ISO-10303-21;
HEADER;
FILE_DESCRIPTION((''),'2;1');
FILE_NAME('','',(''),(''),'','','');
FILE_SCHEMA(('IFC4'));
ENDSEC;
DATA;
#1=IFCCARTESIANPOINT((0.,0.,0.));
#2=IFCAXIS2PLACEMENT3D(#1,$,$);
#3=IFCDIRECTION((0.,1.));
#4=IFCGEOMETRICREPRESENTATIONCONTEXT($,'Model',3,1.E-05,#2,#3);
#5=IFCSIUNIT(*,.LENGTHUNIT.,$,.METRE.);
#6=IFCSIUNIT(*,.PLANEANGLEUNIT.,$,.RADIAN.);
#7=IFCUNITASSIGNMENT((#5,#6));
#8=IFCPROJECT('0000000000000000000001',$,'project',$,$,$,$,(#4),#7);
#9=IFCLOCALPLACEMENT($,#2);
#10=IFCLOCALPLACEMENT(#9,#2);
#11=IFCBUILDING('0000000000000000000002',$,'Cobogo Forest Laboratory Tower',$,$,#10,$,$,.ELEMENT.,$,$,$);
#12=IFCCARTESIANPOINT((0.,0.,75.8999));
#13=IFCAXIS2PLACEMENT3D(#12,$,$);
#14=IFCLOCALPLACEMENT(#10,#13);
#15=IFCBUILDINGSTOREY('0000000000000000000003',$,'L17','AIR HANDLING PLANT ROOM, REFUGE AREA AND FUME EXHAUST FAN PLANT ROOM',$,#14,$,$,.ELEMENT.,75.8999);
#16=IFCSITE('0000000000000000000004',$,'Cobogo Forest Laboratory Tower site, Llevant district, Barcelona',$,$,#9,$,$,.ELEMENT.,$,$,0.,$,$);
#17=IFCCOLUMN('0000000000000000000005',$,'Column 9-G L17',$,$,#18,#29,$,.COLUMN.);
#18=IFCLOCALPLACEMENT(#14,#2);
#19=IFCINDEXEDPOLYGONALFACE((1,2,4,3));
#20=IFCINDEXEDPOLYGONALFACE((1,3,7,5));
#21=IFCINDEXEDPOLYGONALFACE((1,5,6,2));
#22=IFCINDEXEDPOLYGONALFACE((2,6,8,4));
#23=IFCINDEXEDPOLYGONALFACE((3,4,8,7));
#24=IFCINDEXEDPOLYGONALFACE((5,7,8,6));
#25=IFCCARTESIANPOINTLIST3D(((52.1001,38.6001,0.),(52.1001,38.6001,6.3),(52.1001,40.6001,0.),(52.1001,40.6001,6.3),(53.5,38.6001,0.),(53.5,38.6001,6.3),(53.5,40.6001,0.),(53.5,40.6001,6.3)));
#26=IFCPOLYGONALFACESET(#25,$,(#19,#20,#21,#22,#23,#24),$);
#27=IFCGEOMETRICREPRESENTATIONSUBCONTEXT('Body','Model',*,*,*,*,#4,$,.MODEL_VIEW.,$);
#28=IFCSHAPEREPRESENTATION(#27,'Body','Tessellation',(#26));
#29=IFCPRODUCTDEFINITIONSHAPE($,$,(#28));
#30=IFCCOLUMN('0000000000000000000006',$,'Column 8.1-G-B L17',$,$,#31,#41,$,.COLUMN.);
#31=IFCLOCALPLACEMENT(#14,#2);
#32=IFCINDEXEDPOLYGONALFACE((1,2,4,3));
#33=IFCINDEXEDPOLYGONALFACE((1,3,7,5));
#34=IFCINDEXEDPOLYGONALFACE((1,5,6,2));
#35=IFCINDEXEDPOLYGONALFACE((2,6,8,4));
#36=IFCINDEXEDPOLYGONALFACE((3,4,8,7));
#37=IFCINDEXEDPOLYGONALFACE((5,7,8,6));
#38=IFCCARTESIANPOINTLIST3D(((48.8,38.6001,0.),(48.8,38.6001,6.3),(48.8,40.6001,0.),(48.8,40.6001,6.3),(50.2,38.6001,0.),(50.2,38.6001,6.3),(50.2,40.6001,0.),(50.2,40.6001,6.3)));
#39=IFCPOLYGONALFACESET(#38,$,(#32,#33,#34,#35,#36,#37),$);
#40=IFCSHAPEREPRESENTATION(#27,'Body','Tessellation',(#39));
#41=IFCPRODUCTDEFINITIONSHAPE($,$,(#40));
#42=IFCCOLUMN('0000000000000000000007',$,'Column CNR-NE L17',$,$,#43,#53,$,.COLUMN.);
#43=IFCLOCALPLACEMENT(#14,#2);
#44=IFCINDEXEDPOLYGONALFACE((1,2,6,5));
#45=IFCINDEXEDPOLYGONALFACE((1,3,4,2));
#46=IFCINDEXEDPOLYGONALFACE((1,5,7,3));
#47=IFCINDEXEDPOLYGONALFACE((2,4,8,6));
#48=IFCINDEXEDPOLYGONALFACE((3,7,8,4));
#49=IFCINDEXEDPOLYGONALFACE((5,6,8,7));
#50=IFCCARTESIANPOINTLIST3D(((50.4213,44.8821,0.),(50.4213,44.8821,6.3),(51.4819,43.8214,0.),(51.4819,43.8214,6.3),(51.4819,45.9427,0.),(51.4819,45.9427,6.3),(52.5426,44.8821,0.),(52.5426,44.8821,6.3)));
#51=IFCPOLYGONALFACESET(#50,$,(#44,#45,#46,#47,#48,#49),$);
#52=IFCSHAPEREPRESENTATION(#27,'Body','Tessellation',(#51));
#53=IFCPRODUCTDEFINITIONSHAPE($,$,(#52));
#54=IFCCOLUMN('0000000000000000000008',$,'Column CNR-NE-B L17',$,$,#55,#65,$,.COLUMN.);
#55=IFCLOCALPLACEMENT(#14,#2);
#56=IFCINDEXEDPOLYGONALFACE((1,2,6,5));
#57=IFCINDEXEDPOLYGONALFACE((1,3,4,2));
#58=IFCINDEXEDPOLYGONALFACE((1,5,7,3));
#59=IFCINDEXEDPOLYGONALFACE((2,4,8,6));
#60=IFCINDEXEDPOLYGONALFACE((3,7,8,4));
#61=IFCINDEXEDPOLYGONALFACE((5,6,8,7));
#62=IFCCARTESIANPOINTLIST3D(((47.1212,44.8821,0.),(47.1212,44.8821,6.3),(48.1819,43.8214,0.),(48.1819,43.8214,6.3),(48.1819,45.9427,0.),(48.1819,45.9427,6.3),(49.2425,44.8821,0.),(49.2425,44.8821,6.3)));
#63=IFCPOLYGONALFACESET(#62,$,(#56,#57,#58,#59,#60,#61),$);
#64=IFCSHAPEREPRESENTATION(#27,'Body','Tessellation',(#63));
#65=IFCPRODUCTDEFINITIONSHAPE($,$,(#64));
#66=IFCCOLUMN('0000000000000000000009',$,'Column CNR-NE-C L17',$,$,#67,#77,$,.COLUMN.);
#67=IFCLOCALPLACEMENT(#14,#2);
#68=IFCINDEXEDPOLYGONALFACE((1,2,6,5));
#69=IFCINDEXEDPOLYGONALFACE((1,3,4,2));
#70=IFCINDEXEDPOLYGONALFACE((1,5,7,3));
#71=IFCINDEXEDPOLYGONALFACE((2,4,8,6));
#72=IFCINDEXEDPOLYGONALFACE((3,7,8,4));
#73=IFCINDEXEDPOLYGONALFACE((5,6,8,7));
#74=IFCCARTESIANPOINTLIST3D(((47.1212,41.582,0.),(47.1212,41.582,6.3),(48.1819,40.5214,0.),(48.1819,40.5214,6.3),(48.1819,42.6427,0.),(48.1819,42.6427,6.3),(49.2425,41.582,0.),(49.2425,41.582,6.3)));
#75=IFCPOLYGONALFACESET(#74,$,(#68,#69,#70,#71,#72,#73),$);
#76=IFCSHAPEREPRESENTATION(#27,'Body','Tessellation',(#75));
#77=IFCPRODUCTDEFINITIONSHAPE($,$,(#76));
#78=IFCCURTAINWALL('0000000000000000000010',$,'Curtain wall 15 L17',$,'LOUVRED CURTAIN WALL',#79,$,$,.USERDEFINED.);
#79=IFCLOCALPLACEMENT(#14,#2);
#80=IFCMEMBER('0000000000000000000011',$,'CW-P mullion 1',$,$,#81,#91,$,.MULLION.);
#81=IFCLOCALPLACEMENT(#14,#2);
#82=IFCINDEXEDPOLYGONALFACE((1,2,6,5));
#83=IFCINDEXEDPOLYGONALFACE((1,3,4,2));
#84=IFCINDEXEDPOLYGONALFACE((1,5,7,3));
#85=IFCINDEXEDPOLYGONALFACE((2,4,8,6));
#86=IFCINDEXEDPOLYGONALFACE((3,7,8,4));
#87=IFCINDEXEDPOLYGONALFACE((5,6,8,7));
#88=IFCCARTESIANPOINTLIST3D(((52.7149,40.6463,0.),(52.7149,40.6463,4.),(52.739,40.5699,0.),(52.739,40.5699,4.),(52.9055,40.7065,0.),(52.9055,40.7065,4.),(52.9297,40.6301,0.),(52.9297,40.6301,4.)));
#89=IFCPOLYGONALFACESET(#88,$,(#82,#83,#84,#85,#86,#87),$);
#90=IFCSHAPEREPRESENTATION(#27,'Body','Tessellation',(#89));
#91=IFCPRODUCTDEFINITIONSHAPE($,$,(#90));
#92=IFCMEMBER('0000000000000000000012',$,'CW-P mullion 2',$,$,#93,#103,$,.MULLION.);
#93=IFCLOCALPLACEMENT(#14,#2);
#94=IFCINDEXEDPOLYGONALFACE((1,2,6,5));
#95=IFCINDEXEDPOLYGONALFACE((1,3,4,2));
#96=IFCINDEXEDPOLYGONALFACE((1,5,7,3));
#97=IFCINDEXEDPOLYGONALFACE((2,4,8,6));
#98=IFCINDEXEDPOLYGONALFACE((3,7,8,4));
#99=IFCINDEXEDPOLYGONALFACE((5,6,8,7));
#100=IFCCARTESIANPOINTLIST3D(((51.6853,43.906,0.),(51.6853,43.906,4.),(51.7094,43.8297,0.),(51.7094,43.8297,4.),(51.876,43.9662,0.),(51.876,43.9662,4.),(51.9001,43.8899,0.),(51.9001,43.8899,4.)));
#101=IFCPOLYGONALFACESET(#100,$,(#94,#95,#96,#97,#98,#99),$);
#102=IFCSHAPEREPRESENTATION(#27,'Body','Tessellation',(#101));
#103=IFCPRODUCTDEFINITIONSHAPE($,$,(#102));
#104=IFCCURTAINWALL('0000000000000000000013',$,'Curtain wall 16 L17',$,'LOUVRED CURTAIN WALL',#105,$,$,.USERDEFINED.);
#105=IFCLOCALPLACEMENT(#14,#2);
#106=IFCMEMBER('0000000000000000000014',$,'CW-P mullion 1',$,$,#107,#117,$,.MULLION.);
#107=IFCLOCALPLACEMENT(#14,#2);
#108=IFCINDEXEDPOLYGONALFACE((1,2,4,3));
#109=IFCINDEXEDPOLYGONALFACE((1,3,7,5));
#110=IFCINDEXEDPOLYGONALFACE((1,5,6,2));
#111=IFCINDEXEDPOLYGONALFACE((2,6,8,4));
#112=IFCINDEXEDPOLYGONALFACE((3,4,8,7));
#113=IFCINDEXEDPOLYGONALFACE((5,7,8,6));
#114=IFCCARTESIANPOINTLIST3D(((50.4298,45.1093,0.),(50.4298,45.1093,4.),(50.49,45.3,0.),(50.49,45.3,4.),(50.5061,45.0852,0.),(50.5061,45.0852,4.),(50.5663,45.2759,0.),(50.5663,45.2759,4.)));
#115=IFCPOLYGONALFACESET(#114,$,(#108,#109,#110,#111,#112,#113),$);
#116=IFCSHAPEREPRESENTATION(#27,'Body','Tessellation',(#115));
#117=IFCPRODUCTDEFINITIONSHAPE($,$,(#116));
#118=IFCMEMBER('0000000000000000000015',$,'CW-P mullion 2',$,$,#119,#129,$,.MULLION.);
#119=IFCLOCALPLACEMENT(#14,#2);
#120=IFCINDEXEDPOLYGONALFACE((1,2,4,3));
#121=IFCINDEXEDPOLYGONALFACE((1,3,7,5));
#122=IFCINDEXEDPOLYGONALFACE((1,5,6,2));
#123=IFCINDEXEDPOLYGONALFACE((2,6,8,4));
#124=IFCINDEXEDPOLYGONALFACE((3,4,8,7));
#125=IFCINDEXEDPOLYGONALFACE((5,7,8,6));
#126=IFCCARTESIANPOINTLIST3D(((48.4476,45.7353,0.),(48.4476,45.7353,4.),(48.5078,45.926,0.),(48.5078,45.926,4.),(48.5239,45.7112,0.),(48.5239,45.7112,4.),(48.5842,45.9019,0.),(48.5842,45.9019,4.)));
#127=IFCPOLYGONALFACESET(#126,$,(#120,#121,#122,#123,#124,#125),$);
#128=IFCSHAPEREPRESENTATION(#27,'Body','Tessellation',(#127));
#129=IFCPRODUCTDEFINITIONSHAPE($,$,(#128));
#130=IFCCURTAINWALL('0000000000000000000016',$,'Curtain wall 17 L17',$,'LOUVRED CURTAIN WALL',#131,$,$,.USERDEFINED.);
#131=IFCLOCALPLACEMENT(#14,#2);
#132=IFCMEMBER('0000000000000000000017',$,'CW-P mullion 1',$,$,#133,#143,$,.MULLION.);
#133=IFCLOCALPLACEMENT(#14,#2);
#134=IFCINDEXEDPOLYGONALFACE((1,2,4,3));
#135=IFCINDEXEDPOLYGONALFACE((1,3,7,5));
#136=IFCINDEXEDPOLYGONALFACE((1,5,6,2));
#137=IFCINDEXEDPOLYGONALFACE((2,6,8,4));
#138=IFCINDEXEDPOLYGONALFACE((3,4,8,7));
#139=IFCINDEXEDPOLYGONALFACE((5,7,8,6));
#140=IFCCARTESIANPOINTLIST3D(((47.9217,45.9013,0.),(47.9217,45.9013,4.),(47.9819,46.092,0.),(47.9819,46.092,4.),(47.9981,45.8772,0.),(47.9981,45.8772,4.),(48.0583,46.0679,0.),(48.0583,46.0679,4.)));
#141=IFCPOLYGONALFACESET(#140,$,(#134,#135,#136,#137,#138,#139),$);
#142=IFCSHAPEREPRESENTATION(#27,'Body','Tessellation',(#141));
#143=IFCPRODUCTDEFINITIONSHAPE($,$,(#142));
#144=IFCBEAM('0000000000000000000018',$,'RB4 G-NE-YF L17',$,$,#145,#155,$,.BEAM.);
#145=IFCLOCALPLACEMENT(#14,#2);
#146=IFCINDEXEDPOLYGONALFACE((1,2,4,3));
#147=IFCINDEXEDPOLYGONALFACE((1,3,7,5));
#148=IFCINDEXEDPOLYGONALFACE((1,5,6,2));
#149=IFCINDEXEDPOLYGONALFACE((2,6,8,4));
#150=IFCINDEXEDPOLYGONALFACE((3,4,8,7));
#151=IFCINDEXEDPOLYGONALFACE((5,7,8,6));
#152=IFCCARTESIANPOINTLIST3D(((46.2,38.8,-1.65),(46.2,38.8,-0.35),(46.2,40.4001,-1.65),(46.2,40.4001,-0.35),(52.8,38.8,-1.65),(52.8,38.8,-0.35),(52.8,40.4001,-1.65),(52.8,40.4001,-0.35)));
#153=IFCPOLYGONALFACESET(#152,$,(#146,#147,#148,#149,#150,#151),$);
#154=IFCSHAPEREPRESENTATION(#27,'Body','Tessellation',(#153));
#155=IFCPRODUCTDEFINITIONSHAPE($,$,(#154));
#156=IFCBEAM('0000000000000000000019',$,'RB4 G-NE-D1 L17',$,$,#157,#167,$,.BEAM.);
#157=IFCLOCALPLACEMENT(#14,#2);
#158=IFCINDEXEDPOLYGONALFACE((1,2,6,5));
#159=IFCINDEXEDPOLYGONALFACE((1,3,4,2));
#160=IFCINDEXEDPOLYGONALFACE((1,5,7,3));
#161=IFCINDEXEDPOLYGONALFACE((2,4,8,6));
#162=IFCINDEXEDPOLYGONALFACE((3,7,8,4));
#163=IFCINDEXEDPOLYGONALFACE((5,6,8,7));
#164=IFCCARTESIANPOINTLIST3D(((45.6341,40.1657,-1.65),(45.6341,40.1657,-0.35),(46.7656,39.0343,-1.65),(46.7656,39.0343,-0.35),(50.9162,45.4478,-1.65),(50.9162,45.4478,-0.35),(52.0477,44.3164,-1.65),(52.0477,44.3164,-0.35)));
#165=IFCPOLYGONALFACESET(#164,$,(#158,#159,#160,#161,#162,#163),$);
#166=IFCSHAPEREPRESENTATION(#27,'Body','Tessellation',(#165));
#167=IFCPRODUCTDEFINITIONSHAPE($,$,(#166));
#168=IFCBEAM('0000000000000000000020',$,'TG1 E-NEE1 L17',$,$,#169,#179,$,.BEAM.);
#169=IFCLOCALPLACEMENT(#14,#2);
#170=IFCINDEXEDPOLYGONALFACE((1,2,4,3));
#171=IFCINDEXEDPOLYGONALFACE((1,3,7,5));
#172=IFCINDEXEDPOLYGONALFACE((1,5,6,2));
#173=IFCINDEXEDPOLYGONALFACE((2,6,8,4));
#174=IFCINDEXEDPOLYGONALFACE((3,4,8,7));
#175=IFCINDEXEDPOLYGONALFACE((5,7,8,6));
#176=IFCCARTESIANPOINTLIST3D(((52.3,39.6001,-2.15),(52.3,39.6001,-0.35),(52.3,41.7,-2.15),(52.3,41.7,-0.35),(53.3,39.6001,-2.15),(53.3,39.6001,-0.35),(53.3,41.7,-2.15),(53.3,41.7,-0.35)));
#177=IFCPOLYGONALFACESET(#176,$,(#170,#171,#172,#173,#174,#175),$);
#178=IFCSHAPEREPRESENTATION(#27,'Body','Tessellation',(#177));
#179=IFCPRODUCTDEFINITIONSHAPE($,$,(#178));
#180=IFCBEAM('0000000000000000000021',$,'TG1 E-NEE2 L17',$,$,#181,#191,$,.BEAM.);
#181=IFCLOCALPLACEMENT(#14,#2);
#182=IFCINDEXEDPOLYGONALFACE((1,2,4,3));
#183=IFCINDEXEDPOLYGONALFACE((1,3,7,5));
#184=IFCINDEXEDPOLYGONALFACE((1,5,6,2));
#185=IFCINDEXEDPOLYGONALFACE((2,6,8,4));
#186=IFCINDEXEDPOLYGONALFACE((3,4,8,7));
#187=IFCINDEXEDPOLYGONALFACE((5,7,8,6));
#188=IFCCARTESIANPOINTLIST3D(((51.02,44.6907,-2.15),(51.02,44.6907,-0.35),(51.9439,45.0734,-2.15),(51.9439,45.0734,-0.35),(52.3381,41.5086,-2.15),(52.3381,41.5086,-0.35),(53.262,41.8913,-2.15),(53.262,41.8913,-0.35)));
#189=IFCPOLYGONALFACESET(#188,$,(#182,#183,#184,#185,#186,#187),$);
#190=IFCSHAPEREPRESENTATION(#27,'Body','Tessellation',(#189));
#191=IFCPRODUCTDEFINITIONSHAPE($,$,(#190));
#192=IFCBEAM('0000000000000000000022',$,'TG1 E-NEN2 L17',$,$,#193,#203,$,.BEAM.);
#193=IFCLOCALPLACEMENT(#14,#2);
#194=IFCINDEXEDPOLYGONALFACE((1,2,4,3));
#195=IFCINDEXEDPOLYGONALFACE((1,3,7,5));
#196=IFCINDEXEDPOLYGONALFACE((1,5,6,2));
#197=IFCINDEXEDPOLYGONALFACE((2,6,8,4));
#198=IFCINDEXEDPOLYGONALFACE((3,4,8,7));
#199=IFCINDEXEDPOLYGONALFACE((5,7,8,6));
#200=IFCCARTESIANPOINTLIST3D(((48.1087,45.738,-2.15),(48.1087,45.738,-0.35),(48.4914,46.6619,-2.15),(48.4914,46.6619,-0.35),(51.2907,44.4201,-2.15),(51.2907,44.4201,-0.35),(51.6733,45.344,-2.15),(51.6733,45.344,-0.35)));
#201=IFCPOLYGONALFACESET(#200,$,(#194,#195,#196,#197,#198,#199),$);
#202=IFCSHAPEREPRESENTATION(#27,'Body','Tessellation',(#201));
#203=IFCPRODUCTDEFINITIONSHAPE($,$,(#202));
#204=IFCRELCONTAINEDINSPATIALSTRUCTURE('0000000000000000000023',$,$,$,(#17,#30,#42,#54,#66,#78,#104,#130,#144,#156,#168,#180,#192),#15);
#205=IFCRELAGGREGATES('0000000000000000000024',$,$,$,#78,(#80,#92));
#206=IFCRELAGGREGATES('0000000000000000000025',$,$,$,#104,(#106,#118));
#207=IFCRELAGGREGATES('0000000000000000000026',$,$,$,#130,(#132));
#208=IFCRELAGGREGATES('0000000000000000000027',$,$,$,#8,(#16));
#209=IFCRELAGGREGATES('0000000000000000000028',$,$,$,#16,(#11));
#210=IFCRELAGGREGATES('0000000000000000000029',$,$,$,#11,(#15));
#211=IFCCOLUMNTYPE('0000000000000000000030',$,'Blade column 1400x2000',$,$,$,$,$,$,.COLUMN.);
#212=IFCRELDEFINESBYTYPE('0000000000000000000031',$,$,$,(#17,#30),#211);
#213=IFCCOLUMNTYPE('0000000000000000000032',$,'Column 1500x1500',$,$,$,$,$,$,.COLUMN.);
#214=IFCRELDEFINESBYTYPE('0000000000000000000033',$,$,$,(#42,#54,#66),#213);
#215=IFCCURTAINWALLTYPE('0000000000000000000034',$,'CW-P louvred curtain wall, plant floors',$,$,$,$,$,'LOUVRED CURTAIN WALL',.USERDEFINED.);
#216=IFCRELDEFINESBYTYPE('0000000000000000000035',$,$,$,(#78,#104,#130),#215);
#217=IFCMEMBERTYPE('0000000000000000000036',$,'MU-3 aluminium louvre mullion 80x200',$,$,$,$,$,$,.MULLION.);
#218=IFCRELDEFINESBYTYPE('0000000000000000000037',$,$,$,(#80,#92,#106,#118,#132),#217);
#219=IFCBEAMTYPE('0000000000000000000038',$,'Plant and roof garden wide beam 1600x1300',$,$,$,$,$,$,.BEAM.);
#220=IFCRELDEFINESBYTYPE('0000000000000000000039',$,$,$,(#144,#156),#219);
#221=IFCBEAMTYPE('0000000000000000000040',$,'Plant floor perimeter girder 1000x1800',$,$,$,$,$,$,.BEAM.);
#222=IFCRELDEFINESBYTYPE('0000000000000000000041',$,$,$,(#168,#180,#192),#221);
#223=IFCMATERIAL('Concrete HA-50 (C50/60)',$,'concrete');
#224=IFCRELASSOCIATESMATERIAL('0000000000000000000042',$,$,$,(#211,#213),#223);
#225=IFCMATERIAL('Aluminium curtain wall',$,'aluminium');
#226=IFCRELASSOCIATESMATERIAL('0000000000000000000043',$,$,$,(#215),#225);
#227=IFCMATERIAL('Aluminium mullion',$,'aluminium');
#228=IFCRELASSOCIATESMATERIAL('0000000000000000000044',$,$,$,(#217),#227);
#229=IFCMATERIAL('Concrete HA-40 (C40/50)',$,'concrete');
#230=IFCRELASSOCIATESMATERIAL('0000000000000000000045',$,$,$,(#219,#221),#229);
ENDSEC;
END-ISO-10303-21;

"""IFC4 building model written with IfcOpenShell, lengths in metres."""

from ifc_helpers import new_model, si_unit, direction, frame, origin, origin_2d, place, context, subcontext, project, spatial, rectangle, extrude, material, material_profile, profile_set, type_object, element, aggregate, save


model = new_model("IFC4")

# Units and contexts
model_context = context("Model", 3, precision=1e-05, world=origin(), true_north=direction((0.0, 1.0)))
body_context = subcontext(model_context, "Body", "Model", "MODEL_VIEW")
ifc_project = project(units=[si_unit("LENGTHUNIT", "METRE"), si_unit("PLANEANGLEUNIT", "RADIAN")], contexts=[model_context])

# Site, building, storey
site_placement = place(None, origin())
site = spatial("IfcSite", under=ifc_project, at=site_placement, Name="Cobogo Forest Laboratory Tower site, Llevant district, Barcelona", CompositionType="ELEMENT", RefElevation=0.0)
building_placement = place(site_placement, origin())
building = spatial("IfcBuilding", under=site, at=building_placement, Name="Cobogo Forest Laboratory Tower", CompositionType="ELEMENT")
storey_placement = place(building_placement, frame((0.0, 0.0, 75.8999)))
storey = spatial("IfcBuildingStorey", under=building, at=storey_placement, Name="L17", Description="AIR HANDLING PLANT ROOM, REFUGE AREA AND FUME EXHAUST FAN PLANT ROOM", CompositionType="ELEMENT", Elevation=75.8999)

# Columns
ifc_material_1 = material(Name="Concrete HA-50 (C50/60)", Category="concrete")
ifc_material_profile_1 = material_profile(ifc_material_1, rectangle(XDim=2.0, YDim=1.3999, at=origin_2d()), Name="RC 1400x2000")
ifc_profile_set_1 = profile_set([ifc_material_profile_1], Name="Concrete HA-50 (C50/60)")
column_type_1 = type_object("IfcColumnType", Name="Blade column 1400x2000", PredefinedType="COLUMN", material=ifc_profile_set_1)
for number, where, z_axis, x_axis, name in (
    (1, (52.8, 39.6001, 0.0), (0.0, 0.0, 1.0), (0.0, 1.0, 0.0), "Column 9-G L17"),
    (2, (49.5, 39.6001, 0.0), (0.0, 0.0, 1.0), (0.0, 1.0, 0.0), "Column 8.1-G-B L17"),
):
    element("IfcColumn", number, at=place(storey_placement, frame(where, z_axis=z_axis, x_axis=x_axis)), inside=storey, type_object=column_type_1, Name=name, PredefinedType="COLUMN", context=body_context, shape_type="SweptSolid", body=[
        extrude(rectangle(XDim=2.0, YDim=1.3999, at=origin_2d()), origin(), (0.0, 0.0, 1.0), 6.3),
    ])
ifc_material_profile_2 = material_profile(ifc_material_1, rectangle(XDim=1.5, YDim=1.5, at=origin_2d()), Name="RC 1500x1500")
ifc_profile_set_2 = profile_set([ifc_material_profile_2], Name="Concrete HA-50 (C50/60)")
column_type_2 = type_object("IfcColumnType", Name="Column 1500x1500", PredefinedType="COLUMN", material=ifc_profile_set_2)
for number, where, z_axis, x_axis, name in (
    (3, (51.4819, 44.8821, 0.0), (0.0, 0.0, 1.0), (0.707107, 0.707107, 0.0), "Column CNR-NE L17"),
    (4, (48.1819, 44.8821, 0.0), (0.0, 0.0, 1.0), (0.707107, 0.707107, 0.0), "Column CNR-NE-B L17"),
    (5, (48.1819, 41.582, 0.0), (0.0, 0.0, 1.0), (0.707107, 0.707107, 0.0), "Column CNR-NE-C L17"),
):
    element("IfcColumn", number, at=place(storey_placement, frame(where, z_axis=z_axis, x_axis=x_axis)), inside=storey, type_object=column_type_2, Name=name, PredefinedType="COLUMN", context=body_context, shape_type="SweptSolid", body=[
        extrude(rectangle(XDim=1.5, YDim=1.5, at=origin_2d()), origin(), (0.0, 0.0, 1.0), 6.3),
    ])

# Curtain walls, members
ifc_material_2 = material(Name="Aluminium curtain wall", Category="aluminium")
curtain_wall_type = type_object("IfcCurtainWallType", Name="CW-P louvred curtain wall, plant floors", ElementType="LOUVRED CURTAIN WALL", PredefinedType="USERDEFINED", material=ifc_material_2)
curtain_wall_1_placement = place(storey_placement, origin())
curtain_wall_1 = element("IfcCurtainWall", 6, at=curtain_wall_1_placement, inside=storey, type_object=curtain_wall_type, Name="Curtain wall 15 L17", ObjectType="LOUVRED CURTAIN WALL", PredefinedType="USERDEFINED")
ifc_material_3 = material(Name="Aluminium mullion", Category="aluminium")
ifc_material_profile_3 = material_profile(ifc_material_3, rectangle(XDim=0.0801, YDim=0.2, at=origin_2d()), Name="AL 80x200")
ifc_profile_set_3 = profile_set([ifc_material_profile_3], Name="Aluminium mullion")
member_type_1 = type_object("IfcMemberType", Name="MU-3 aluminium louvre mullion 80x200", PredefinedType="MULLION", material=ifc_profile_set_3)
member_1_placement = place(storey_placement, frame((52.8223, 40.6382, 0.0), z_axis=(0.0, 0.0, 1.0), x_axis=(-0.301136, 0.953581, 0.0)))
member_1 = element("IfcMember", 7, at=member_1_placement, type_object=member_type_1, Name="CW-P mullion 1", PredefinedType="MULLION", context=body_context, shape_type="SweptSolid", body=[
    extrude(rectangle(XDim=0.0801, YDim=0.2, at=origin_2d()), origin(), (0.0, 0.0, 1.0), 4.0),
])
member_2_placement = place(storey_placement, frame((51.7927, 43.8979, 0.0), z_axis=(0.0, 0.0, 1.0), x_axis=(-0.301136, 0.953581, 0.0)))
member_2 = element("IfcMember", 8, at=member_2_placement, type_object=member_type_1, Name="CW-P mullion 2", PredefinedType="MULLION", context=body_context, shape_type="SweptSolid", body=[
    extrude(rectangle(XDim=0.0801, YDim=0.2, at=origin_2d()), origin(), (0.0, 0.0, 1.0), 4.0),
])
curtain_wall_2_placement = place(storey_placement, origin())
curtain_wall_2 = element("IfcCurtainWall", 9, at=curtain_wall_2_placement, inside=storey, type_object=curtain_wall_type, Name="Curtain wall 16 L17", ObjectType="LOUVRED CURTAIN WALL", PredefinedType="USERDEFINED")
member_3_placement = place(storey_placement, frame((50.498, 45.1926, 0.0), z_axis=(0.0, 0.0, 1.0), x_axis=(-0.953581, 0.301136, 0.0)))
member_3 = element("IfcMember", 10, at=member_3_placement, type_object=member_type_1, Name="CW-P mullion 1", PredefinedType="MULLION", context=body_context, shape_type="SweptSolid", body=[
    extrude(rectangle(XDim=0.0801, YDim=0.2, at=origin_2d()), origin(), (0.0, 0.0, 1.0), 4.0),
])
member_4_placement = place(storey_placement, frame((48.5159, 45.8186, 0.0), z_axis=(0.0, 0.0, 1.0), x_axis=(-0.953581, 0.301136, 0.0)))
member_4 = element("IfcMember", 11, at=member_4_placement, type_object=member_type_1, Name="CW-P mullion 2", PredefinedType="MULLION", context=body_context, shape_type="SweptSolid", body=[
    extrude(rectangle(XDim=0.0801, YDim=0.2, at=origin_2d()), origin(), (0.0, 0.0, 1.0), 4.0),
])

# Curtain wall, member
curtain_wall_3_placement = place(storey_placement, origin())
curtain_wall_3 = element("IfcCurtainWall", 12, at=curtain_wall_3_placement, inside=storey, type_object=curtain_wall_type, Name="Curtain wall 17 L17", ObjectType="LOUVRED CURTAIN WALL", PredefinedType="USERDEFINED")
member_5_placement = place(storey_placement, frame((47.99, 45.9846, 0.0), z_axis=(0.0, 0.0, 1.0), x_axis=(-0.953581, 0.301136, 0.0)))
member_5 = element("IfcMember", 13, at=member_5_placement, type_object=member_type_1, Name="CW-P mullion 1", PredefinedType="MULLION", context=body_context, shape_type="SweptSolid", body=[
    extrude(rectangle(XDim=0.0801, YDim=0.2, at=origin_2d()), origin(), (0.0, 0.0, 1.0), 4.0),
])

# Beams
ifc_material_4 = material(Name="Concrete HA-40 (C40/50)", Category="concrete")
ifc_material_profile_4 = material_profile(ifc_material_4, rectangle(XDim=1.6001, YDim=1.3, at=origin_2d()), Name="RC 1600x1300")
ifc_profile_set_4 = profile_set([ifc_material_profile_4], Name="Concrete HA-40 (C40/50)")
beam_type_1 = type_object("IfcBeamType", Name="Plant and roof garden wide beam 1600x1300", PredefinedType="BEAM", material=ifc_profile_set_4)
beam_1_placement = place(storey_placement, frame((52.8, 39.6001, -1.0), z_axis=(-1.0, 0.0, 0.0), x_axis=(0.0, -1.0, 0.0)))
element("IfcBeam", 14, at=beam_1_placement, inside=storey, type_object=beam_type_1, Name="RB4 G-NE-YF L17", PredefinedType="BEAM", context=body_context, shape_type="SweptSolid", body=[
    extrude(rectangle(XDim=1.6001, YDim=1.3, at=origin_2d()), origin(), (0.0, 0.0, 1.0), 6.6001),
])
beam_2_placement = place(storey_placement, frame((51.4819, 44.8821, -1.0), z_axis=(-0.707107, -0.707107, 0.0), x_axis=(0.707107, -0.707107, 0.0)))
element("IfcBeam", 15, at=beam_2_placement, inside=storey, type_object=beam_type_1, Name="RB4 G-NE-D1 L17", PredefinedType="BEAM", context=body_context, shape_type="SweptSolid", body=[
    extrude(rectangle(XDim=1.6001, YDim=1.3, at=origin_2d()), origin(), (0.0, 0.0, 1.0), 7.47),
])
ifc_material_profile_5 = material_profile(ifc_material_4, rectangle(XDim=1.0, YDim=1.8, at=origin_2d()), Name="RC 1000x1800")
ifc_profile_set_5 = profile_set([ifc_material_profile_5], Name="Concrete HA-40 (C40/50)")
beam_type_2 = type_object("IfcBeamType", Name="Plant floor perimeter girder 1000x1800", PredefinedType="BEAM", material=ifc_profile_set_5)
beam_3_placement = place(storey_placement, frame((52.8, 39.6001, -1.25), z_axis=(0.0, 1.0, 0.0), x_axis=(-1.0, 0.0, 0.0)))
element("IfcBeam", 16, at=beam_3_placement, inside=storey, type_object=beam_type_2, Name="TG1 E-NEE1 L17", PredefinedType="BEAM", context=body_context, shape_type="SweptSolid", body=[
    extrude(rectangle(XDim=1.0, YDim=1.8, at=origin_2d()), origin(), (0.0, 0.0, 1.0), 2.0999),
])
beam_4_placement = place(storey_placement, frame((52.8, 41.7, -1.25), z_axis=(-0.382692, 0.923876, 0.0), x_axis=(-0.923876, -0.382692, 0.0)))
element("IfcBeam", 17, at=beam_4_placement, inside=storey, type_object=beam_type_2, Name="TG1 E-NEE2 L17", PredefinedType="BEAM", context=body_context, shape_type="SweptSolid", body=[
    extrude(rectangle(XDim=1.0, YDim=1.8, at=origin_2d()), origin(), (0.0, 0.0, 1.0), 3.4443),
])
beam_5_placement = place(storey_placement, frame((48.3, 46.2, -1.25), z_axis=(0.923891, -0.382656, 0.0), x_axis=(0.382656, 0.923891, 0.0)))
element("IfcBeam", 18, at=beam_5_placement, inside=storey, type_object=beam_type_2, Name="TG1 E-NEN2 L17", PredefinedType="BEAM", context=body_context, shape_type="SweptSolid", body=[
    extrude(rectangle(XDim=1.0, YDim=1.8, at=origin_2d()), origin(), (0.0, 0.0, 1.0), 3.4441),
])

aggregate(curtain_wall_1, [member_1, member_2])
aggregate(curtain_wall_2, [member_3, member_4])
aggregate(curtain_wall_3, [member_5])

save(model, "model.ifc")
